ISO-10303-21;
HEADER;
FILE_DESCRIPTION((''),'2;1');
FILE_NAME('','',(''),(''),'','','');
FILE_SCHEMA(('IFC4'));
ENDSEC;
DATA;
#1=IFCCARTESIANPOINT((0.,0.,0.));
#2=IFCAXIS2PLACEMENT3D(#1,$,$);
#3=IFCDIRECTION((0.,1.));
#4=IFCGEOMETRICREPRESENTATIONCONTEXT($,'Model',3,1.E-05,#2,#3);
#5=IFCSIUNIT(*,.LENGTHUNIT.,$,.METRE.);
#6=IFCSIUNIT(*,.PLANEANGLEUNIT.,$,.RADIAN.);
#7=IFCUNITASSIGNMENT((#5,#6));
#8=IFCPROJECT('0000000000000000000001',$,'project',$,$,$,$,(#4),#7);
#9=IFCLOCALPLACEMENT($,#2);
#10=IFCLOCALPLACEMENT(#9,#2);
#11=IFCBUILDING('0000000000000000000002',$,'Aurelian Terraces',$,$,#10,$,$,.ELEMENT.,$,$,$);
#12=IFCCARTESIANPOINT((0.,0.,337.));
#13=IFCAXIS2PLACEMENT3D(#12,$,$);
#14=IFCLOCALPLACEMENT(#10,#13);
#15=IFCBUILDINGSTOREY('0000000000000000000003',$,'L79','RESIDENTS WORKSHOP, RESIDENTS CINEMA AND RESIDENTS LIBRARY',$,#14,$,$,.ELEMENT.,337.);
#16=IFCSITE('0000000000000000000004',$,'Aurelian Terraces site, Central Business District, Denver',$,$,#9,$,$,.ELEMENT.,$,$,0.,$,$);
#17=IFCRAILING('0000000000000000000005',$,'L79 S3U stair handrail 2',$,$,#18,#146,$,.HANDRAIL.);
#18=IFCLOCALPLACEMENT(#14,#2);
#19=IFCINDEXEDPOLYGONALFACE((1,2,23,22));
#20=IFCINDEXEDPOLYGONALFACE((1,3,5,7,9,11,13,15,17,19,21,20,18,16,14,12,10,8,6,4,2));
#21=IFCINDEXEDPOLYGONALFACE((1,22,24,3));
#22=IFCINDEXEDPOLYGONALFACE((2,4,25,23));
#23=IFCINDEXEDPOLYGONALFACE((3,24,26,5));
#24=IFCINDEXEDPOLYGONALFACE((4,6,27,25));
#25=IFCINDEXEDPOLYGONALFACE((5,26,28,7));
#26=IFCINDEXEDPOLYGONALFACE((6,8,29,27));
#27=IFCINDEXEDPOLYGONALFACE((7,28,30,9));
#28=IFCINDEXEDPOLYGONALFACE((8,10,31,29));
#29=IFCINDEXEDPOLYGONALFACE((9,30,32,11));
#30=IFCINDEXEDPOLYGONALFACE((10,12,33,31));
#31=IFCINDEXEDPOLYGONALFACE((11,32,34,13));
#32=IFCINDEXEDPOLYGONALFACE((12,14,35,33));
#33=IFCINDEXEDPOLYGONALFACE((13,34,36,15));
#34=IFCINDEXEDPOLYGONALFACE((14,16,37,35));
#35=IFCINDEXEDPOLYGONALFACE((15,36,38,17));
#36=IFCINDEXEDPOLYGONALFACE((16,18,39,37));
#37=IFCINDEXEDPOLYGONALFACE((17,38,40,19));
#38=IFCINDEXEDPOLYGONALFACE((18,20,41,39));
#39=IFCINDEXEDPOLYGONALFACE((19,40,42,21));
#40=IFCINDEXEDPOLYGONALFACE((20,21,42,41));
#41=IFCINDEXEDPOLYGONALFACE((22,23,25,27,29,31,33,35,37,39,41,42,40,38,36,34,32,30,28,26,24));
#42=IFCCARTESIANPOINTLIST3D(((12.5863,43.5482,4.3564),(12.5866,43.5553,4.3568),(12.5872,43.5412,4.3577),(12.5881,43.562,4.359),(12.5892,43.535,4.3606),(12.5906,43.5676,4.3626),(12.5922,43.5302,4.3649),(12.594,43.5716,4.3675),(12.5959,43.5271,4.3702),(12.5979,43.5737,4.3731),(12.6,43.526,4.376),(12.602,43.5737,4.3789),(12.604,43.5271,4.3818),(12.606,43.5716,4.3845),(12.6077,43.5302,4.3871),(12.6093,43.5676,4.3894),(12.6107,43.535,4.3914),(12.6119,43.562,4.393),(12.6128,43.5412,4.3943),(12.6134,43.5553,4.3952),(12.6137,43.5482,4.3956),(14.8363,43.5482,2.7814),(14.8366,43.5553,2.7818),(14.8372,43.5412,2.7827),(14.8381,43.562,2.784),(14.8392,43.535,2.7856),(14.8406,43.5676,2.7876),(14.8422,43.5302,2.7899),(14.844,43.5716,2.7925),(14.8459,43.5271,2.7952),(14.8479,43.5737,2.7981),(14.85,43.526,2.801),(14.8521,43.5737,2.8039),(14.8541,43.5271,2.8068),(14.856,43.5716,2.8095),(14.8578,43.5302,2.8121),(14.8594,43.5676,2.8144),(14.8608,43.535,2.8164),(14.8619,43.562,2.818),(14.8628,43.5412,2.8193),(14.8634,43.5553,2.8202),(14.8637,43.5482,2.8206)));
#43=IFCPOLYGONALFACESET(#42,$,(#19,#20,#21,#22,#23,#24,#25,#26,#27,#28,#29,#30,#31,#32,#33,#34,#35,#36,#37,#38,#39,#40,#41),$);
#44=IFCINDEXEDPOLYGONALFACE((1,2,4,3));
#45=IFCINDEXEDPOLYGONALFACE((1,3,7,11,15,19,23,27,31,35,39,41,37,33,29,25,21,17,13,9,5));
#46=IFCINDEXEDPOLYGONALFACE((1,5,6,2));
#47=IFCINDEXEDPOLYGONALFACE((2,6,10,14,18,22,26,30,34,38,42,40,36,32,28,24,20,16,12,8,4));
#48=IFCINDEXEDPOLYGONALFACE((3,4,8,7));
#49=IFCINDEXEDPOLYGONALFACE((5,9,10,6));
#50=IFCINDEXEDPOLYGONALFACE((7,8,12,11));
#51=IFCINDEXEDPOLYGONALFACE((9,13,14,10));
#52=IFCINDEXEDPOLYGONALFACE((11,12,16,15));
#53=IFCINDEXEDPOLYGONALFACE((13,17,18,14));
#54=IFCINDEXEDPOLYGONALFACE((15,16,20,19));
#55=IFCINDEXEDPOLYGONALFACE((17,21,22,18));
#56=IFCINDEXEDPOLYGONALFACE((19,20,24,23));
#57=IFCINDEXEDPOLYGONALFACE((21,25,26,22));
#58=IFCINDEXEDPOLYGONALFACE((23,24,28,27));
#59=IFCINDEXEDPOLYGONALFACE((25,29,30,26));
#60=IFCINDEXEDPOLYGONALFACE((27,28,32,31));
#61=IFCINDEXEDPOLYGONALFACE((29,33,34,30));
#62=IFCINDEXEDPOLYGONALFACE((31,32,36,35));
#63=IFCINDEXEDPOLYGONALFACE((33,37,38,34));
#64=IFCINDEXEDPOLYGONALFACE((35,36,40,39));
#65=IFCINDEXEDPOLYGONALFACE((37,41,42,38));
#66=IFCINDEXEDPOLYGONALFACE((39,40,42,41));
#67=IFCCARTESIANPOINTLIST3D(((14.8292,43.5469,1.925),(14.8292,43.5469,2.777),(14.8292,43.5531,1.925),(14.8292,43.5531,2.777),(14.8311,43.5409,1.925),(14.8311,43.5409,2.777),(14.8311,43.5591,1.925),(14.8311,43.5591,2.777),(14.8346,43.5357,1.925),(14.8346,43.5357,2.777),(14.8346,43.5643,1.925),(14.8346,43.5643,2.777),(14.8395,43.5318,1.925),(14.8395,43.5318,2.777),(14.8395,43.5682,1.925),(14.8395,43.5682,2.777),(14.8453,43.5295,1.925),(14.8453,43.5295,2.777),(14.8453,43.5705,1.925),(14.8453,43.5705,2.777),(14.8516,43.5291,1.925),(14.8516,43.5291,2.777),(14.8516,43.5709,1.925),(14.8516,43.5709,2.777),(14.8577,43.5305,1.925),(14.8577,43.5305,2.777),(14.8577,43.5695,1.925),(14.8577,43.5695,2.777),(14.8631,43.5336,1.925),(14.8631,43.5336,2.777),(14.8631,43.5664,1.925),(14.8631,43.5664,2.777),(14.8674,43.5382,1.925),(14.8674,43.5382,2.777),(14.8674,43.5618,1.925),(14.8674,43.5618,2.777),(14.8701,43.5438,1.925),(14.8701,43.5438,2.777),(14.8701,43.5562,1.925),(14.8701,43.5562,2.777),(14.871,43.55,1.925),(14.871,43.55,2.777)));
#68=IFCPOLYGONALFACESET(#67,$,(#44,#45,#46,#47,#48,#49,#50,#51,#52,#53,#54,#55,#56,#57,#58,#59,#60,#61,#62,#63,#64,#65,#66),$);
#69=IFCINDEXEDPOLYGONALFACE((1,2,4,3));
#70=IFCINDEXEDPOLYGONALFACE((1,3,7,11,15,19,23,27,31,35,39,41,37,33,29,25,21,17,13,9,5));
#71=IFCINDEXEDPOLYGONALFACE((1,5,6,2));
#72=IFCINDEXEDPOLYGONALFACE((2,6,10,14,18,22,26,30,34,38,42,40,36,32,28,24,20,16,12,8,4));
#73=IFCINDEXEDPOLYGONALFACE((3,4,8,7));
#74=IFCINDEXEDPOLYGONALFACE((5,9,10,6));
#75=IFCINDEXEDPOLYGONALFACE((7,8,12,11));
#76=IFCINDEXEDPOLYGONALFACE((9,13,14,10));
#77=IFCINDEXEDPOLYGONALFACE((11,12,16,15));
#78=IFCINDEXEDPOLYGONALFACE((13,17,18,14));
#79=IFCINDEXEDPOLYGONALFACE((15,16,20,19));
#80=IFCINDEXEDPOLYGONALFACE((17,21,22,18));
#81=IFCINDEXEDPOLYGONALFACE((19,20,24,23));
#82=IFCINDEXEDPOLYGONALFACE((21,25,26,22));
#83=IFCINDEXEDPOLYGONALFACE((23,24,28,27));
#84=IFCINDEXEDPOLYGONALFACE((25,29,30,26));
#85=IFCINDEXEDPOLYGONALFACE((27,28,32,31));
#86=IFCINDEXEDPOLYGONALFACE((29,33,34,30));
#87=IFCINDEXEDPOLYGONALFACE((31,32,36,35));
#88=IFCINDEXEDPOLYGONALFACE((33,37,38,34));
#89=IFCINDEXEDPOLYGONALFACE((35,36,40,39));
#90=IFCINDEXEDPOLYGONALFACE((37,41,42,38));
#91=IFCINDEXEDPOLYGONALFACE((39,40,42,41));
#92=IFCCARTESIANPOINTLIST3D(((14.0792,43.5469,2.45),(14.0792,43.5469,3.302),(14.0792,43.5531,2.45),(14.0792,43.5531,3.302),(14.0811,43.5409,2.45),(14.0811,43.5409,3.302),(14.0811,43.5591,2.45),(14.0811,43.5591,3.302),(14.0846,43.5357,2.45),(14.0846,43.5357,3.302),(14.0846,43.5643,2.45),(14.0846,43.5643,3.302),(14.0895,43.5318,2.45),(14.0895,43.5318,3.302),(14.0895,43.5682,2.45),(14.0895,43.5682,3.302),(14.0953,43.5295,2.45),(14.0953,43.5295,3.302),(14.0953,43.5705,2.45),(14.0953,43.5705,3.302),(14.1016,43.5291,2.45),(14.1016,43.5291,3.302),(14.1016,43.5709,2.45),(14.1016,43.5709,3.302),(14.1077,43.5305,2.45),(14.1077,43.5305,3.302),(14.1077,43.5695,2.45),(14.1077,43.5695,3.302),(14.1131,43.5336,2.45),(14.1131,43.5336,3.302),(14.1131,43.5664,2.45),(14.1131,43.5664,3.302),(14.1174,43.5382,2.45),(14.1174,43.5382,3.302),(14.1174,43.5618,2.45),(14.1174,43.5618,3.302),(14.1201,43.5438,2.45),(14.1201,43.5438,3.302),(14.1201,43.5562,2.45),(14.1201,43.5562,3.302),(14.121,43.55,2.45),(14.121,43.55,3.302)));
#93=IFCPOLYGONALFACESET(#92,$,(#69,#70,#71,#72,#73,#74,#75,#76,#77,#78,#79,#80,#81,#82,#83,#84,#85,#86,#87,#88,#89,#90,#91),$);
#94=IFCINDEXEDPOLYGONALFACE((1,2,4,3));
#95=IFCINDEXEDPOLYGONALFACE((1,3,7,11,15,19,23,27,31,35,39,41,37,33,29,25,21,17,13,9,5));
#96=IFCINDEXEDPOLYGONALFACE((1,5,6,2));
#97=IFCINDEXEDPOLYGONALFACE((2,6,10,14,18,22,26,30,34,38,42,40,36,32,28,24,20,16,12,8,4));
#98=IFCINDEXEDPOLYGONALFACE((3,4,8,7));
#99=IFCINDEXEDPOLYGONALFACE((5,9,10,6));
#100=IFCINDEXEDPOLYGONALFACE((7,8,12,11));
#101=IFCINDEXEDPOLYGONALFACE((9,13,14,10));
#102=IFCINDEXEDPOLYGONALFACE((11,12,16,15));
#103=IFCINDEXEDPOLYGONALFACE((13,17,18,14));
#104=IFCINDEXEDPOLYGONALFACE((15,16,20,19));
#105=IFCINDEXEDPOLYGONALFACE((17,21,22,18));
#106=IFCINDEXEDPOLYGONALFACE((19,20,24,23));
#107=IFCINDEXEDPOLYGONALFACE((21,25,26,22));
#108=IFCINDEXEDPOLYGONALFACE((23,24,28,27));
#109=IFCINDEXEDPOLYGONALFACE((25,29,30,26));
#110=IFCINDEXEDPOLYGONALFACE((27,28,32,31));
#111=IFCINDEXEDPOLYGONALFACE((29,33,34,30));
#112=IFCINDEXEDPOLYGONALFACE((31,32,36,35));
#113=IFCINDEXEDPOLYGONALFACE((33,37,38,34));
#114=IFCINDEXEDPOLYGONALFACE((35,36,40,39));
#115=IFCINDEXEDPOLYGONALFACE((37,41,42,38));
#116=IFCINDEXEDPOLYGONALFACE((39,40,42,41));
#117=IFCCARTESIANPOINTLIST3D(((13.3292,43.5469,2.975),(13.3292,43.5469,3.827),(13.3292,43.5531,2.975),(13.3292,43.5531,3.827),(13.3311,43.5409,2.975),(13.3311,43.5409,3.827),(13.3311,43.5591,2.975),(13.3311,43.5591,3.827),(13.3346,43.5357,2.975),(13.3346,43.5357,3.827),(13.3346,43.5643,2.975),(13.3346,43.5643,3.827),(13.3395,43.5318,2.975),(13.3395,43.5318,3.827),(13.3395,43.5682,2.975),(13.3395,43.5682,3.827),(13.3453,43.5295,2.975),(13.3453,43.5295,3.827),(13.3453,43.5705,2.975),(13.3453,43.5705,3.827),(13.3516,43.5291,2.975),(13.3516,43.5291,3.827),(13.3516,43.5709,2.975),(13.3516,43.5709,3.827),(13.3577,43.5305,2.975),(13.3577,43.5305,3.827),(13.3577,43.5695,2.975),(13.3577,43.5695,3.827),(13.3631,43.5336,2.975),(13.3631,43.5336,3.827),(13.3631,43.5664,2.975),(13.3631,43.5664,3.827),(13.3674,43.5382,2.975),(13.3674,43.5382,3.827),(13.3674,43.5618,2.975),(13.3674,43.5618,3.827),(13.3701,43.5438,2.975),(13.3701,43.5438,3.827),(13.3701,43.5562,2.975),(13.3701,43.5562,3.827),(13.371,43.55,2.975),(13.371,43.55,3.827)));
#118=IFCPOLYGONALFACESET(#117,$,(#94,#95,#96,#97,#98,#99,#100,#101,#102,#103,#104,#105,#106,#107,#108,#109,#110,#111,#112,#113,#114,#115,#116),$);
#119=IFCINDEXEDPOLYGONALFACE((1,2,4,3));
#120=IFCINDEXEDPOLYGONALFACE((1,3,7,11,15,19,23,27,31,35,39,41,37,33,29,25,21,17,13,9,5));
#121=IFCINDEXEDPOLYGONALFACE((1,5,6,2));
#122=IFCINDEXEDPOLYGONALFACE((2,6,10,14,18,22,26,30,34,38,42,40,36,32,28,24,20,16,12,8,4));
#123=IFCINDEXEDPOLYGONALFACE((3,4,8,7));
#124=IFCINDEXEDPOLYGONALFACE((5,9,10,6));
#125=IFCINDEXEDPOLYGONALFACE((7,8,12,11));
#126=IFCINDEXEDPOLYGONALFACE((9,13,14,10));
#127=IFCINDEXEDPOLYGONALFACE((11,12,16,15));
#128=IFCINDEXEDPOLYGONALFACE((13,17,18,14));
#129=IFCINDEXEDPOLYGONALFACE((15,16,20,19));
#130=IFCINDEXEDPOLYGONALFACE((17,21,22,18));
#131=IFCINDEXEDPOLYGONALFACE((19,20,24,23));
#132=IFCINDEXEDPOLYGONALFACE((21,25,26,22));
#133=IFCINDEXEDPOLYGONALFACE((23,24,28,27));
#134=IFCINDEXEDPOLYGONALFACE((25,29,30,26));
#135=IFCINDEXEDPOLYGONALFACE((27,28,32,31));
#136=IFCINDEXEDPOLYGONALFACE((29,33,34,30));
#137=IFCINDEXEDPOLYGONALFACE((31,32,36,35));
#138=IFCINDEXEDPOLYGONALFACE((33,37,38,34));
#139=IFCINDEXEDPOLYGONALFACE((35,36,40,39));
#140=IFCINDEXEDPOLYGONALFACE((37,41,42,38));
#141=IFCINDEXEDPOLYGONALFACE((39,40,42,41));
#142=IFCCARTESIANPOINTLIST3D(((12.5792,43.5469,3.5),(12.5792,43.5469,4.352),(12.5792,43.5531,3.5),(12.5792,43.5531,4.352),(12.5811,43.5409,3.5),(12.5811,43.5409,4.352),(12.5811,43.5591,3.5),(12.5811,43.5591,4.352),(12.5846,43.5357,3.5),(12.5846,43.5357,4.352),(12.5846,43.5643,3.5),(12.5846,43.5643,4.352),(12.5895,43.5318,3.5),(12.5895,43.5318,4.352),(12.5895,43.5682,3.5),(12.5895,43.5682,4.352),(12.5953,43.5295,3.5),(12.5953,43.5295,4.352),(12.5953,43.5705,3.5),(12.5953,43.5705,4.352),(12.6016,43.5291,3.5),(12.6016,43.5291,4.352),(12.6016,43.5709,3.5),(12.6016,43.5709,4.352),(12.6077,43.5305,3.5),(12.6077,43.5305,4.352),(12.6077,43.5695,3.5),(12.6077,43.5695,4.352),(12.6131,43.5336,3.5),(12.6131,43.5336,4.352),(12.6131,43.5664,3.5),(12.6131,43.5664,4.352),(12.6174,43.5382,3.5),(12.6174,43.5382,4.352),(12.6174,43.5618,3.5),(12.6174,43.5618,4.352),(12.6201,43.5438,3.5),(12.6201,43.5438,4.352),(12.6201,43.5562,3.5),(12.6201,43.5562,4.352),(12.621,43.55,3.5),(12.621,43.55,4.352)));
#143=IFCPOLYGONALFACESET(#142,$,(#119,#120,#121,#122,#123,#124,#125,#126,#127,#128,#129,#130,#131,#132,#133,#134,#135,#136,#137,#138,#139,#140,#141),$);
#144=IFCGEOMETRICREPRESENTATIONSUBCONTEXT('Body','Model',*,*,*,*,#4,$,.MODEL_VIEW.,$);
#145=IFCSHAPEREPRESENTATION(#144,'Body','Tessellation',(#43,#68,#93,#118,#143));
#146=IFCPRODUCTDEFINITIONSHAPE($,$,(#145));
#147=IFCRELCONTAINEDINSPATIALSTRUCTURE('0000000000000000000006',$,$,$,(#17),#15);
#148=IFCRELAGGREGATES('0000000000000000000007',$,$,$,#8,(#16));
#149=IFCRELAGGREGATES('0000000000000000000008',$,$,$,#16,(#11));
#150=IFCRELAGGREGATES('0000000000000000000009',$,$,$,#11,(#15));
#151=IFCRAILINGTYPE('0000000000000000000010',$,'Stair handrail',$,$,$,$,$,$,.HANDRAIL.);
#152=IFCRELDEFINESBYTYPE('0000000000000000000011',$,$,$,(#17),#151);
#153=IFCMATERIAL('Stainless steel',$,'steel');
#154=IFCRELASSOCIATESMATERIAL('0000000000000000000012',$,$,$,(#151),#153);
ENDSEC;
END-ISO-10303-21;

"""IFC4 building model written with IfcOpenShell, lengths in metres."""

from ifc_helpers import new_model, si_unit, direction, frame, origin, origin_2d, place, context, subcontext, project, spatial, circle, extrude, source, transform, mapped, material, type_object, element, save


model = new_model("IFC4")

# Units and contexts
model_context = context("Model", 3, precision=1e-05, world=origin(), true_north=direction((0.0, 1.0)))
body_context = subcontext(model_context, "Body", "Model", "MODEL_VIEW")
ifc_project = project(units=[si_unit("LENGTHUNIT", "METRE"), si_unit("PLANEANGLEUNIT", "RADIAN")], contexts=[model_context])

# Site, building, storey
site_placement = place(None, origin())
site = spatial("IfcSite", under=ifc_project, at=site_placement, Name="Aurelian Terraces site, Central Business District, Denver", CompositionType="ELEMENT", RefElevation=0.0)
building_placement = place(site_placement, origin())
building = spatial("IfcBuilding", under=site, at=building_placement, Name="Aurelian Terraces", CompositionType="ELEMENT")
storey_placement = place(building_placement, frame((0.0, 0.0, 337.0)))
storey = spatial("IfcBuildingStorey", under=building, at=storey_placement, Name="L79", Description="RESIDENTS WORKSHOP, RESIDENTS CINEMA AND RESIDENTS LIBRARY", CompositionType="ELEMENT", Elevation=337.0)

# Railing
ifc_material_1 = material(Name="Stainless steel", Category="steel")
railing_type_1 = type_object("IfcRailingType", Name="Stair handrail", PredefinedType="HANDRAIL", material=ifc_material_1)
shared_shape_1 = source(origin(), body_context, "Body", "SweptSolid", [
    extrude(circle(Radius=0.024, at=origin_2d()), frame((0.0, 0.0, 0.876), z_axis=(-0.819232, 0.0, 0.573462), x_axis=(0.0, -1.0, 0.0)), (0.0, 0.0, 1.0), 2.7465),
    extrude(circle(Radius=0.021, at=origin_2d()), origin(), (0.0, 0.0, 1.0), 0.852),
    extrude(circle(Radius=0.021, at=origin_2d()), frame((-0.75, 0.0, 0.525)), (0.0, 0.0, 1.0), 0.852),
    extrude(circle(Radius=0.021, at=origin_2d()), frame((-1.5, 0.0, 1.05)), (0.0, 0.0, 1.0), 0.852),
    extrude(circle(Radius=0.021, at=origin_2d()), frame((-2.25, 0.0, 1.575)), (0.0, 0.0, 1.0), 0.852),
])
railing_1_placement = place(storey_placement, frame((14.85, 43.55, 1.925)))
element("IfcRailing", 1, at=railing_1_placement, inside=storey, type_object=railing_type_1, Name="L79 S3U stair handrail 2", PredefinedType="HANDRAIL", context=body_context, shape_type="MappedRepresentation", body=[
    mapped(shared_shape_1, transform((0.0, 0.0, 0.0), scale=1.0)),
])

save(model, "model.ifc")
